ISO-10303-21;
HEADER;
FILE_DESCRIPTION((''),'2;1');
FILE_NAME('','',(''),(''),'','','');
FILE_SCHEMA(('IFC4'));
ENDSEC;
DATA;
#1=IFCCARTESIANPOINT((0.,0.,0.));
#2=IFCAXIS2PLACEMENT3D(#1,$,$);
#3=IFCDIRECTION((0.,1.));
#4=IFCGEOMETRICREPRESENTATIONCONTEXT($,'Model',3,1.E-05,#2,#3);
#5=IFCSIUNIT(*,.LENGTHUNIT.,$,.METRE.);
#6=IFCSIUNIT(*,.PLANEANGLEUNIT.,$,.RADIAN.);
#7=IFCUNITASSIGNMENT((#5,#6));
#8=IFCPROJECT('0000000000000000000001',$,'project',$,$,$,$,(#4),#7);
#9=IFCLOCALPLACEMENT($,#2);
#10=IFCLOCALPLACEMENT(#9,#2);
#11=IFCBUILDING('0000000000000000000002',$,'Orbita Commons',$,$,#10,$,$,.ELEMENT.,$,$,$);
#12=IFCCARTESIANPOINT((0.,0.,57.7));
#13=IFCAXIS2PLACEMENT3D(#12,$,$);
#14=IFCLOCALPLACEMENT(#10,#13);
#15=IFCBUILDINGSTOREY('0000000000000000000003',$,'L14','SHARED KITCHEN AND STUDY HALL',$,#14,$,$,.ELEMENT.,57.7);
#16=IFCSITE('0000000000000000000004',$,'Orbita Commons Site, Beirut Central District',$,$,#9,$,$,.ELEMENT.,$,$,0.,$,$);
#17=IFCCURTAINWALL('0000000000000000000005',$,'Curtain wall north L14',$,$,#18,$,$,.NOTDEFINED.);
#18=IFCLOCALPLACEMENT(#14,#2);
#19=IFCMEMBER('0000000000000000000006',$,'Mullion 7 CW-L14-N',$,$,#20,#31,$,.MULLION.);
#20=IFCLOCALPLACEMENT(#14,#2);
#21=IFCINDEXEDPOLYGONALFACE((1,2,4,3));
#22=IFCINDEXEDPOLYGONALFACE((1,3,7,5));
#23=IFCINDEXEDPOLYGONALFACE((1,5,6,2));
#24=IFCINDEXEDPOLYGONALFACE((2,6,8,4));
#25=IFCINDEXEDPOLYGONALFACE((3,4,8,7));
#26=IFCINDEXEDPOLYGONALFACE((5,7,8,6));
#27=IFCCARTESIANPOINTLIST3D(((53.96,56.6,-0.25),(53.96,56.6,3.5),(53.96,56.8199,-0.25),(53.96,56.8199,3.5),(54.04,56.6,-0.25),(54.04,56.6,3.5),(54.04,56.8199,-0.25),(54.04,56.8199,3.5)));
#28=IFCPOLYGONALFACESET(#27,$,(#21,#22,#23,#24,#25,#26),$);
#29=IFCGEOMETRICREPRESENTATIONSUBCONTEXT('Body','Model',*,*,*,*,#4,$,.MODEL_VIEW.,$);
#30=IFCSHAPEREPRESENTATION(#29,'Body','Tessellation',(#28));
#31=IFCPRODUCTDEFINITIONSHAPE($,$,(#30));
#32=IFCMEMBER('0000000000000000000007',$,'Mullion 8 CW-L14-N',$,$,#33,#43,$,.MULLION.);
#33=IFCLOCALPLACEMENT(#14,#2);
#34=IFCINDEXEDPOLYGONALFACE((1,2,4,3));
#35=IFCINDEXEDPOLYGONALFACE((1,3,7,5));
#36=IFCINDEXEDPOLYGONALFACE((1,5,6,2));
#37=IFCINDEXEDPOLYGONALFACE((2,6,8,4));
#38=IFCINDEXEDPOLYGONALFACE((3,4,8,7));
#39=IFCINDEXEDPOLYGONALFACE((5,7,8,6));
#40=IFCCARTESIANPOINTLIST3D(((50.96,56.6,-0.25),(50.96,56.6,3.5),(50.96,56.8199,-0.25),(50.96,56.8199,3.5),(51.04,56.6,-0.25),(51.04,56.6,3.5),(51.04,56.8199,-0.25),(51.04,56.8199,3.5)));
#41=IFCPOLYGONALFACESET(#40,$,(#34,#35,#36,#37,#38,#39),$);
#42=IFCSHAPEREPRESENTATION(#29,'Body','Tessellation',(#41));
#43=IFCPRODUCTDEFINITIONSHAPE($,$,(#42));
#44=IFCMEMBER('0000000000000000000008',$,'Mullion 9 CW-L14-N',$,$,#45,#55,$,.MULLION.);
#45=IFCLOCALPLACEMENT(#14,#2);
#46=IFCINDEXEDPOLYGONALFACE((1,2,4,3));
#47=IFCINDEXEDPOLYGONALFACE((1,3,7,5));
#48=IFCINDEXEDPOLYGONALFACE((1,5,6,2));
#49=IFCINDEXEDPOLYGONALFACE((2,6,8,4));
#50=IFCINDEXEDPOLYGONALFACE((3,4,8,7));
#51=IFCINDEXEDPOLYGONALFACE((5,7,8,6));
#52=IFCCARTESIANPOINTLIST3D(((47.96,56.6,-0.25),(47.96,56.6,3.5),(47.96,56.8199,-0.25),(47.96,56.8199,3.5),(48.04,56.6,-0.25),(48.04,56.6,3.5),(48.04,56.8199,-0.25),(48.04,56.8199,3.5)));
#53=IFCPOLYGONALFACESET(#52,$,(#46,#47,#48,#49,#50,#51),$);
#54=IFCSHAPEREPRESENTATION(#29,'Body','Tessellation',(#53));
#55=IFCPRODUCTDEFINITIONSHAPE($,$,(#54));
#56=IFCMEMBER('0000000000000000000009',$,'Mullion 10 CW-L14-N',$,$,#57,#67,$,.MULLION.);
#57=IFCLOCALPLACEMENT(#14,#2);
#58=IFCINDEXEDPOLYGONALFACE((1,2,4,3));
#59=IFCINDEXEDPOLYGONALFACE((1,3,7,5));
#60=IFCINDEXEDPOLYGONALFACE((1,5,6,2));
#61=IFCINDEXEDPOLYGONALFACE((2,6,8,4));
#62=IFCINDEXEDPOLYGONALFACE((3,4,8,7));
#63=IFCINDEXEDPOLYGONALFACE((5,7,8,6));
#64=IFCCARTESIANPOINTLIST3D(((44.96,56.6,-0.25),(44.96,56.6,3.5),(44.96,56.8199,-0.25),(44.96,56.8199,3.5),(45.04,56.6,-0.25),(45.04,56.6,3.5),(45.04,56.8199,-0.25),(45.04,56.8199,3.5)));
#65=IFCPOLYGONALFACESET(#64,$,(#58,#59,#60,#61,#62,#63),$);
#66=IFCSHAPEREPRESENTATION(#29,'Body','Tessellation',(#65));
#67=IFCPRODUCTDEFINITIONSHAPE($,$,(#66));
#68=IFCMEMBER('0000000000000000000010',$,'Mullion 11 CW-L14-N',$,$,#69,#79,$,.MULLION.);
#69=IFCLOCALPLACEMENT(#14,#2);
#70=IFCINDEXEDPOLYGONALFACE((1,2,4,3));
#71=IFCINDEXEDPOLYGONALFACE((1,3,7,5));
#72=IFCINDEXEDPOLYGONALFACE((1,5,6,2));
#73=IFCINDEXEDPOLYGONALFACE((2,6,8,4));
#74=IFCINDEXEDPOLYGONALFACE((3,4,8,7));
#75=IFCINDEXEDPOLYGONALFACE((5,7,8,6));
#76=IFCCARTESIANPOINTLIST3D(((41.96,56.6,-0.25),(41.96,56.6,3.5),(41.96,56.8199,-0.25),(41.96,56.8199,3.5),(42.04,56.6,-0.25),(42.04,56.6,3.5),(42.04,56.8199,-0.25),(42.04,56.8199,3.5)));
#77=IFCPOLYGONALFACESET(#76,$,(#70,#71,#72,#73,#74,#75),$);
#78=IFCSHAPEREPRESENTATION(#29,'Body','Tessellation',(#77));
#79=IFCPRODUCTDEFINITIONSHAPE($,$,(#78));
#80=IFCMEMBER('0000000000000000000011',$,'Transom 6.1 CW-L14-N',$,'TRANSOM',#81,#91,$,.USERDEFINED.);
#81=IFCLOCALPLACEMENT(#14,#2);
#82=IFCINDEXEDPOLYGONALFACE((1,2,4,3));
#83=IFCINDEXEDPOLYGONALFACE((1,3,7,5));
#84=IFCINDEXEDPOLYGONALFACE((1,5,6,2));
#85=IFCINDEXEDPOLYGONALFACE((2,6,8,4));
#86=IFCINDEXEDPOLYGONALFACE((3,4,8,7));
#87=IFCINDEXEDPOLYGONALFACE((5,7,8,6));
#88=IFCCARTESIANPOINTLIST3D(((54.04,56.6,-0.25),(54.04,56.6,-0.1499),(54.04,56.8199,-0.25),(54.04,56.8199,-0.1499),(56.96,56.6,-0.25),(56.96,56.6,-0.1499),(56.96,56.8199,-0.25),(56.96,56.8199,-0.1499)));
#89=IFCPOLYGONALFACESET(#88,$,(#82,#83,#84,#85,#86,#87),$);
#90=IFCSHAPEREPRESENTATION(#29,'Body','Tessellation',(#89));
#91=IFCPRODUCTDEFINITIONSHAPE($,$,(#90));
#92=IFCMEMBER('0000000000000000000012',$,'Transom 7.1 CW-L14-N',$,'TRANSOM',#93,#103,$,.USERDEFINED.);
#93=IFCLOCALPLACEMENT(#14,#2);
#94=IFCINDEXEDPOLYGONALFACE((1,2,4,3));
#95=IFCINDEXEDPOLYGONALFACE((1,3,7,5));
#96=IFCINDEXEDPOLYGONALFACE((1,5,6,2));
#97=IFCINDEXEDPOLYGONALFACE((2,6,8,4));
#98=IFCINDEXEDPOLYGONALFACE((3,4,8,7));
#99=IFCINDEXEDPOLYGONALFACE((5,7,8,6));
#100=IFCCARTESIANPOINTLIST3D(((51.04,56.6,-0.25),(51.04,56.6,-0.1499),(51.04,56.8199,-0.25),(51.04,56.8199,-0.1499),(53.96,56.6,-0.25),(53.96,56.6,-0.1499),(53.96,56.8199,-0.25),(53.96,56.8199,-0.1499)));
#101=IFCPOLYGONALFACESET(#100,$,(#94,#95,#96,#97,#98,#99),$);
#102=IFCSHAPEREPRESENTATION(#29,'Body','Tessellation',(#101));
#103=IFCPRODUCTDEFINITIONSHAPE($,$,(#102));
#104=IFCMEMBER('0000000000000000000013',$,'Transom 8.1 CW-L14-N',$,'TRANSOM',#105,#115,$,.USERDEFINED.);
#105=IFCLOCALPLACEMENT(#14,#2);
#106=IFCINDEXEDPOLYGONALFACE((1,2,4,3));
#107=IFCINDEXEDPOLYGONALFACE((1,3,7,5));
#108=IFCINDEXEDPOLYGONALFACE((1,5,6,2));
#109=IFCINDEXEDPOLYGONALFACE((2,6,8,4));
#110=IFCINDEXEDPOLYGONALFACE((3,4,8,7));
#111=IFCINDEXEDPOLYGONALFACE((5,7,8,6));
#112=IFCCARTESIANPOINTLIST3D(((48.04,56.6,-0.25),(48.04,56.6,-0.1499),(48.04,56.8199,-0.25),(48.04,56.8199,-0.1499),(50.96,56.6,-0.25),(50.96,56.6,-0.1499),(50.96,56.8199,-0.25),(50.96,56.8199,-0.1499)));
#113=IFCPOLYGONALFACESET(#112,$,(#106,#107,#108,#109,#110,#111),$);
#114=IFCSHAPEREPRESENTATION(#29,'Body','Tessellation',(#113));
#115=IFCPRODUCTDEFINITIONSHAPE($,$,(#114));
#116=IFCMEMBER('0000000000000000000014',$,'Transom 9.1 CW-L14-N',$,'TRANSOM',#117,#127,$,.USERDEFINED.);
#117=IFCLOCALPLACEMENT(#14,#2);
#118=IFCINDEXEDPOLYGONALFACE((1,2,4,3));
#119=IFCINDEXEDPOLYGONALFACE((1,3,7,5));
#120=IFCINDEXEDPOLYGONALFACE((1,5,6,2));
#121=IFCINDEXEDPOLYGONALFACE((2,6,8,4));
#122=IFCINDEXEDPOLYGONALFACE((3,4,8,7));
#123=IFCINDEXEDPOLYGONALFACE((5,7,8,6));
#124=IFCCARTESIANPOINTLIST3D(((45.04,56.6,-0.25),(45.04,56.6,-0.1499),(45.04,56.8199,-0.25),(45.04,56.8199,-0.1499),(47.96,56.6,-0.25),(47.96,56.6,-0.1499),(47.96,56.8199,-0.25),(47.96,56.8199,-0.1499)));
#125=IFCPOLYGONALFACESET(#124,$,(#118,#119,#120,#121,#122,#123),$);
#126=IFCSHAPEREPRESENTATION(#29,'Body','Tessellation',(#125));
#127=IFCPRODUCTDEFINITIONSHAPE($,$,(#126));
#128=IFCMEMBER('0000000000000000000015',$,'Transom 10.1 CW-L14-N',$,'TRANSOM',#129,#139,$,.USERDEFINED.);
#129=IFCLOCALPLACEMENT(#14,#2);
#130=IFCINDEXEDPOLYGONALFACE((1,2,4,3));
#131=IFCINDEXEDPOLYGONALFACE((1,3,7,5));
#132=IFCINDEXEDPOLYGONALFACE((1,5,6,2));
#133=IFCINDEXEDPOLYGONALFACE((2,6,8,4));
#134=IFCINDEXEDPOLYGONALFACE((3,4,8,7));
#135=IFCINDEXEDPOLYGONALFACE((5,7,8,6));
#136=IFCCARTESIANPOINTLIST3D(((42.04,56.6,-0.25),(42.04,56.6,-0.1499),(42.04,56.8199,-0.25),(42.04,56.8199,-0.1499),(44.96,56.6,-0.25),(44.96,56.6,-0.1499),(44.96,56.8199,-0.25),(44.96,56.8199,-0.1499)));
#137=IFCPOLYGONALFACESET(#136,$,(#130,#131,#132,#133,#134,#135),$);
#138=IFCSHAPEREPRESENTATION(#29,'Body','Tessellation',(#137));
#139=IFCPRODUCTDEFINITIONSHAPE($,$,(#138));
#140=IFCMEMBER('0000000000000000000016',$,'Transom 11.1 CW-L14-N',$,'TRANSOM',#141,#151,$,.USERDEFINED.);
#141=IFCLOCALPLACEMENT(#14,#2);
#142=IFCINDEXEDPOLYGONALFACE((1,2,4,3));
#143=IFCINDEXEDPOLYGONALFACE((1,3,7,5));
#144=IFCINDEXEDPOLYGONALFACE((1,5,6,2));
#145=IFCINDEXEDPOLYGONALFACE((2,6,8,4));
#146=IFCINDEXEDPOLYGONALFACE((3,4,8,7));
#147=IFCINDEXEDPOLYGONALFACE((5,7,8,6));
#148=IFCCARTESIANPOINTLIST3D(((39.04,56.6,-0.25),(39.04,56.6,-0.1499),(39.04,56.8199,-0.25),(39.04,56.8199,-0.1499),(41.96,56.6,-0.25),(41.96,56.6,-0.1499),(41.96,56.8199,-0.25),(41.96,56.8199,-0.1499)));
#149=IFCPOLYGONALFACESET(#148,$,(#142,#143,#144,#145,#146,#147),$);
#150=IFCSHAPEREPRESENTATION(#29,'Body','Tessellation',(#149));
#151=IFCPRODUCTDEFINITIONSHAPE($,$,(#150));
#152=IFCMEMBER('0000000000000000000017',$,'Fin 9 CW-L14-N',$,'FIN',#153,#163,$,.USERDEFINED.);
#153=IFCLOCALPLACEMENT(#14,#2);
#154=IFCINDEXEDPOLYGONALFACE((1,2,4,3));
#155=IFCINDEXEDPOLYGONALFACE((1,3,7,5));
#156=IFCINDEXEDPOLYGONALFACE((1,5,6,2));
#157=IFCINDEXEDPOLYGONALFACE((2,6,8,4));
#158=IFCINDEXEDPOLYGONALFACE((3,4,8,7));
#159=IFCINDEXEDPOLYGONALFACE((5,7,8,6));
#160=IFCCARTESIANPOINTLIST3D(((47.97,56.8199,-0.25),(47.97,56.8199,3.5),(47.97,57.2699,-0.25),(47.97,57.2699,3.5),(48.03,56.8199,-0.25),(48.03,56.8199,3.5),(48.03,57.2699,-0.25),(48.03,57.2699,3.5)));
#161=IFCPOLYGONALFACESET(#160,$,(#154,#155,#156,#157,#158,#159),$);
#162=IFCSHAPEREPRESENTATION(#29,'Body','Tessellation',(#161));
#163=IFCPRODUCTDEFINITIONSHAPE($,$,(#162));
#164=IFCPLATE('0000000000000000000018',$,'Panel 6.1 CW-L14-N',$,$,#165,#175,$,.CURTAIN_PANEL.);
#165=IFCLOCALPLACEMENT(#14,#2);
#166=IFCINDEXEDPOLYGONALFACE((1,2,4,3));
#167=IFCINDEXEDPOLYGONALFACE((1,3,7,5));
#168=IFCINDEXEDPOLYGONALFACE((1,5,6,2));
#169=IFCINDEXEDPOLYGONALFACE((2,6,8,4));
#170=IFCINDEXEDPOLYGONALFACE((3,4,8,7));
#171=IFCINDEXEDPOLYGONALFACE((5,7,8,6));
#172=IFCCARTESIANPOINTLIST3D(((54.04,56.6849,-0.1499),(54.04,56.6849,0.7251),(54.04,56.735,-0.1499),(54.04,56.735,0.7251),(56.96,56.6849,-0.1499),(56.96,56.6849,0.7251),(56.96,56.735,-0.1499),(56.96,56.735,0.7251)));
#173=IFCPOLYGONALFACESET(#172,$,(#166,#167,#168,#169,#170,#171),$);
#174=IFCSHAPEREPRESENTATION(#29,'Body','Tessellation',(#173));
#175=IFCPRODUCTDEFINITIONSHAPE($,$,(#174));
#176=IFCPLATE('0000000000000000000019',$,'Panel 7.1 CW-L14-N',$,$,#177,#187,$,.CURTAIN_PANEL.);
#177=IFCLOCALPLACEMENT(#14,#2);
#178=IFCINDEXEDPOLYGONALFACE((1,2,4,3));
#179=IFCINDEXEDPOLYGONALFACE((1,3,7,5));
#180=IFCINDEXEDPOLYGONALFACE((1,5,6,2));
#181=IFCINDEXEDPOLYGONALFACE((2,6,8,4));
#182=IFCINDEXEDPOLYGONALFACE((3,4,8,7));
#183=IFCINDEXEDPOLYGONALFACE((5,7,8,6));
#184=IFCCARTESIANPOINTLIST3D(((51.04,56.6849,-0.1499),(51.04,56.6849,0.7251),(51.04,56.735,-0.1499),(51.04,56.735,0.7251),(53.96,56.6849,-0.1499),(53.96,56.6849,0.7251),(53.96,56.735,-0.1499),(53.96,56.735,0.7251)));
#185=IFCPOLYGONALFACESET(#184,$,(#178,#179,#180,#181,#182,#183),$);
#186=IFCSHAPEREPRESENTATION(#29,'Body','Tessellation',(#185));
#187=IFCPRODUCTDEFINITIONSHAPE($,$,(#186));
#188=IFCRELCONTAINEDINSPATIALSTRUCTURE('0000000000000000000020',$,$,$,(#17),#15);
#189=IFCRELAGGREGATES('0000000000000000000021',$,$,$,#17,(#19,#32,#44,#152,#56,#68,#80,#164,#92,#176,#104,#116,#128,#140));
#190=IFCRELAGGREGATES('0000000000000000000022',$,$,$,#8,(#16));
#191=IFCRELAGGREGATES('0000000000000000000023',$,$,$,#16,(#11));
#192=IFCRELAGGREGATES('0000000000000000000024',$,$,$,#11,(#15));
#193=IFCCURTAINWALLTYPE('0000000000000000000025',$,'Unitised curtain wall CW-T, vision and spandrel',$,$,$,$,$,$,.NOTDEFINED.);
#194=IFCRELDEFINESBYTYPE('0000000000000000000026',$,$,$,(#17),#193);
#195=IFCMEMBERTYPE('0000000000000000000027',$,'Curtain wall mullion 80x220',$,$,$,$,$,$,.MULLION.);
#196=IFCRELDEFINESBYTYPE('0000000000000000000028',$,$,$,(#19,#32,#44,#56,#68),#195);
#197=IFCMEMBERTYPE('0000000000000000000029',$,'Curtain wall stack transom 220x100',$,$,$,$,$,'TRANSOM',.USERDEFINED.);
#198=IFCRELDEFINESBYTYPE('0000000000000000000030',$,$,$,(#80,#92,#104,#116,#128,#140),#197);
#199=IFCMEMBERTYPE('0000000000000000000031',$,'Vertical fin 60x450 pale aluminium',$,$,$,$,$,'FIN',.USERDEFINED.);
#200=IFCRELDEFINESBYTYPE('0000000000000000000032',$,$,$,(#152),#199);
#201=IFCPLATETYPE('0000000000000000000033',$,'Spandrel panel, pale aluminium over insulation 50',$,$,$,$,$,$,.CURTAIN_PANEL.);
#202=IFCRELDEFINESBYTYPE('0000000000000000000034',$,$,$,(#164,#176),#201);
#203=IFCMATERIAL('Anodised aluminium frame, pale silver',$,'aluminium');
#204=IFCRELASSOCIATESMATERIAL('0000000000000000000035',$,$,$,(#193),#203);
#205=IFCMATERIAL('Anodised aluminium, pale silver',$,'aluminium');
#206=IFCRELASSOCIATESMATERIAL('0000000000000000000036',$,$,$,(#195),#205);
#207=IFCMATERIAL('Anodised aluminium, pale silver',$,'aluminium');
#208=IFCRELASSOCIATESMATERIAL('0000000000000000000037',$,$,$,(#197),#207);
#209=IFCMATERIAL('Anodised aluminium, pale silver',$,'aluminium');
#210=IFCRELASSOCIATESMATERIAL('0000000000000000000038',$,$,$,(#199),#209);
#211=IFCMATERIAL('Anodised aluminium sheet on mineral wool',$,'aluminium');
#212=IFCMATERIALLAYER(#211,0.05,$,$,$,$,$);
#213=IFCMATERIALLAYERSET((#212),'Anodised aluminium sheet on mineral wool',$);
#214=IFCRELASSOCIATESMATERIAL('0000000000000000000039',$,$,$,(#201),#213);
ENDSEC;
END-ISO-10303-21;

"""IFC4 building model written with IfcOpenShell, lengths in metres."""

from ifc_helpers import new_model, si_unit, direction, frame, origin, origin_2d, place, context, subcontext, project, spatial, rectangle, extrude, material, layer, layer_set, material_profile, profile_set, type_object, element, aggregate, save


model = new_model("IFC4")

# Units and contexts
model_context = context("Model", 3, precision=1e-05, world=origin(), true_north=direction((0.0, 1.0)))
body_context = subcontext(model_context, "Body", "Model", "MODEL_VIEW")
ifc_project = project(units=[si_unit("LENGTHUNIT", "METRE"), si_unit("PLANEANGLEUNIT", "RADIAN")], contexts=[model_context])

# Site, building, storey
site_placement = place(None, origin())
site = spatial("IfcSite", under=ifc_project, at=site_placement, Name="Orbita Commons Site, Beirut Central District", CompositionType="ELEMENT", RefElevation=0.0)
building_placement = place(site_placement, origin())
building = spatial("IfcBuilding", under=site, at=building_placement, Name="Orbita Commons", CompositionType="ELEMENT")
storey_placement = place(building_placement, frame((0.0, 0.0, 57.7)))
storey = spatial("IfcBuildingStorey", under=building, at=storey_placement, Name="L14", Description="SHARED KITCHEN AND STUDY HALL", CompositionType="ELEMENT", Elevation=57.7)

# Curtain wall, members, plates
ifc_material_1 = material(Name="Anodised aluminium frame, pale silver", Category="aluminium")
curtain_wall_type = type_object("IfcCurtainWallType", Name="Unitised curtain wall CW-T, vision and spandrel", PredefinedType="NOTDEFINED", material=ifc_material_1)
curtain_wall_placement = place(storey_placement, origin())
curtain_wall = element("IfcCurtainWall", 1, at=curtain_wall_placement, inside=storey, type_object=curtain_wall_type, Name="Curtain wall north L14", PredefinedType="NOTDEFINED")
ifc_material_2 = material(Name="Anodised aluminium, pale silver", Category="aluminium")
ifc_material_profile_1 = material_profile(ifc_material_2, rectangle(XDim=0.0801, YDim=0.22, at=origin_2d()), Name="AL 80x220")
ifc_profile_set_1 = profile_set([ifc_material_profile_1], Name="Anodised aluminium, pale silver")
member_type_1 = type_object("IfcMemberType", Name="Curtain wall mullion 80x220", PredefinedType="MULLION", material=ifc_profile_set_1)
member_1_placement = place(storey_placement, frame((54.0, 56.71, -0.25), z_axis=(0.0, 0.0, 1.0), x_axis=(-1.0, 0.0, 0.0)))
member_1 = element("IfcMember", 2, at=member_1_placement, type_object=member_type_1, Name="Mullion 7 CW-L14-N", PredefinedType="MULLION", context=body_context, shape_type="SweptSolid", body=[
    extrude(rectangle(XDim=0.0801, YDim=0.22, at=origin_2d()), origin(), (0.0, 0.0, 1.0), 3.75),
])
member_2_placement = place(storey_placement, frame((51.0, 56.71, -0.25), z_axis=(0.0, 0.0, 1.0), x_axis=(-1.0, 0.0, 0.0)))
member_2 = element("IfcMember", 3, at=member_2_placement, type_object=member_type_1, Name="Mullion 8 CW-L14-N", PredefinedType="MULLION", context=body_context, shape_type="SweptSolid", body=[
    extrude(rectangle(XDim=0.0801, YDim=0.22, at=origin_2d()), origin(), (0.0, 0.0, 1.0), 3.75),
])
member_3_placement = place(storey_placement, frame((48.0, 56.71, -0.25), z_axis=(0.0, 0.0, 1.0), x_axis=(-1.0, 0.0, 0.0)))
member_3 = element("IfcMember", 4, at=member_3_placement, type_object=member_type_1, Name="Mullion 9 CW-L14-N", PredefinedType="MULLION", context=body_context, shape_type="SweptSolid", body=[
    extrude(rectangle(XDim=0.0801, YDim=0.22, at=origin_2d()), origin(), (0.0, 0.0, 1.0), 3.75),
])
member_4_placement = place(storey_placement, frame((45.0, 56.71, -0.25), z_axis=(0.0, 0.0, 1.0), x_axis=(-1.0, 0.0, 0.0)))
member_4 = element("IfcMember", 5, at=member_4_placement, type_object=member_type_1, Name="Mullion 10 CW-L14-N", PredefinedType="MULLION", context=body_context, shape_type="SweptSolid", body=[
    extrude(rectangle(XDim=0.0801, YDim=0.22, at=origin_2d()), origin(), (0.0, 0.0, 1.0), 3.75),
])
member_5_placement = place(storey_placement, frame((42.0, 56.71, -0.25), z_axis=(0.0, 0.0, 1.0), x_axis=(-1.0, 0.0, 0.0)))
member_5 = element("IfcMember", 6, at=member_5_placement, type_object=member_type_1, Name="Mullion 11 CW-L14-N", PredefinedType="MULLION", context=body_context, shape_type="SweptSolid", body=[
    extrude(rectangle(XDim=0.0801, YDim=0.22, at=origin_2d()), origin(), (0.0, 0.0, 1.0), 3.75),
])
ifc_material_3 = material(Name="Anodised aluminium, pale silver", Category="aluminium")
ifc_material_profile_2 = material_profile(ifc_material_3, rectangle(XDim=0.22, YDim=0.1001, at=origin_2d()), Name="AL 220x100")
ifc_profile_set_2 = profile_set([ifc_material_profile_2], Name="Anodised aluminium, pale silver")
member_type_2 = type_object("IfcMemberType", Name="Curtain wall stack transom 220x100", ElementType="TRANSOM", PredefinedType="USERDEFINED", material=ifc_profile_set_2)
member_6_placement = place(storey_placement, frame((56.96, 56.71, -0.2), z_axis=(-1.0, 0.0, 0.0), x_axis=(0.0, -1.0, 0.0)))
member_6 = element("IfcMember", 7, at=member_6_placement, type_object=member_type_2, Name="Transom 6.1 CW-L14-N", ObjectType="TRANSOM", PredefinedType="USERDEFINED", context=body_context, shape_type="SweptSolid", body=[
    extrude(rectangle(XDim=0.22, YDim=0.1001, at=origin_2d()), origin(), (0.0, 0.0, 1.0), 2.9199),
])
member_7_placement = place(storey_placement, frame((53.96, 56.71, -0.2), z_axis=(-1.0, 0.0, 0.0), x_axis=(0.0, -1.0, 0.0)))
member_7 = element("IfcMember", 8, at=member_7_placement, type_object=member_type_2, Name="Transom 7.1 CW-L14-N", ObjectType="TRANSOM", PredefinedType="USERDEFINED", context=body_context, shape_type="SweptSolid", body=[
    extrude(rectangle(XDim=0.22, YDim=0.1001, at=origin_2d()), origin(), (0.0, 0.0, 1.0), 2.9199),
])
member_8_placement = place(storey_placement, frame((50.96, 56.71, -0.2), z_axis=(-1.0, 0.0, 0.0), x_axis=(0.0, -1.0, 0.0)))
member_8 = element("IfcMember", 9, at=member_8_placement, type_object=member_type_2, Name="Transom 8.1 CW-L14-N", ObjectType="TRANSOM", PredefinedType="USERDEFINED", context=body_context, shape_type="SweptSolid", body=[
    extrude(rectangle(XDim=0.22, YDim=0.1001, at=origin_2d()), origin(), (0.0, 0.0, 1.0), 2.9199),
])
member_9_placement = place(storey_placement, frame((47.96, 56.71, -0.2), z_axis=(-1.0, 0.0, 0.0), x_axis=(0.0, -1.0, 0.0)))
member_9 = element("IfcMember", 10, at=member_9_placement, type_object=member_type_2, Name="Transom 9.1 CW-L14-N", ObjectType="TRANSOM", PredefinedType="USERDEFINED", context=body_context, shape_type="SweptSolid", body=[
    extrude(rectangle(XDim=0.22, YDim=0.1001, at=origin_2d()), origin(), (0.0, 0.0, 1.0), 2.9199),
])
member_10_placement = place(storey_placement, frame((44.96, 56.71, -0.2), z_axis=(-1.0, 0.0, 0.0), x_axis=(0.0, -1.0, 0.0)))
member_10 = element("IfcMember", 11, at=member_10_placement, type_object=member_type_2, Name="Transom 10.1 CW-L14-N", ObjectType="TRANSOM", PredefinedType="USERDEFINED", context=body_context, shape_type="SweptSolid", body=[
    extrude(rectangle(XDim=0.22, YDim=0.1001, at=origin_2d()), origin(), (0.0, 0.0, 1.0), 2.9199),
])
member_11_placement = place(storey_placement, frame((41.96, 56.71, -0.2), z_axis=(-1.0, 0.0, 0.0), x_axis=(0.0, -1.0, 0.0)))
member_11 = element("IfcMember", 12, at=member_11_placement, type_object=member_type_2, Name="Transom 11.1 CW-L14-N", ObjectType="TRANSOM", PredefinedType="USERDEFINED", context=body_context, shape_type="SweptSolid", body=[
    extrude(rectangle(XDim=0.22, YDim=0.1001, at=origin_2d()), origin(), (0.0, 0.0, 1.0), 2.9199),
])
ifc_material_4 = material(Name="Anodised aluminium, pale silver", Category="aluminium")
ifc_material_profile_3 = material_profile(ifc_material_4, rectangle(XDim=0.0601, YDim=0.45, at=origin_2d()), Name="FIN 60x450")
ifc_profile_set_3 = profile_set([ifc_material_profile_3], Name="Anodised aluminium, pale silver")
member_type_3 = type_object("IfcMemberType", Name="Vertical fin 60x450 pale aluminium", ElementType="FIN", PredefinedType="USERDEFINED", material=ifc_profile_set_3)
member_12_placement = place(storey_placement, frame((48.0, 57.0449, -0.25), z_axis=(0.0, 0.0, 1.0), x_axis=(-1.0, 0.0, 0.0)))
member_12 = element("IfcMember", 13, at=member_12_placement, type_object=member_type_3, Name="Fin 9 CW-L14-N", ObjectType="FIN", PredefinedType="USERDEFINED", context=body_context, shape_type="SweptSolid", body=[
    extrude(rectangle(XDim=0.0601, YDim=0.45, at=origin_2d()), origin(), (0.0, 0.0, 1.0), 3.75),
])
ifc_material_5 = material(Name="Anodised aluminium sheet on mineral wool", Category="aluminium")
ifc_layer_1 = layer(ifc_material_5, 0.05)
ifc_layer_set_1 = layer_set([ifc_layer_1], Name="Anodised aluminium sheet on mineral wool")
plate_type_1 = type_object("IfcPlateType", Name="Spandrel panel, pale aluminium over insulation 50", PredefinedType="CURTAIN_PANEL", material=ifc_layer_set_1)
plate_1_placement = place(storey_placement, frame((55.5, 56.71, -0.1499), z_axis=(0.0, 0.0, 1.0), x_axis=(-1.0, 0.0, 0.0)))
plate_1 = element("IfcPlate", 14, at=plate_1_placement, type_object=plate_type_1, Name="Panel 6.1 CW-L14-N", PredefinedType="CURTAIN_PANEL", context=body_context, shape_type="SweptSolid", body=[
    extrude(rectangle(XDim=2.9199, YDim=0.05, at=origin_2d()), origin(), (0.0, 0.0, 1.0), 0.875),
])
plate_2_placement = place(storey_placement, frame((52.5, 56.71, -0.1499), z_axis=(0.0, 0.0, 1.0), x_axis=(-1.0, 0.0, 0.0)))
plate_2 = element("IfcPlate", 15, at=plate_2_placement, type_object=plate_type_1, Name="Panel 7.1 CW-L14-N", PredefinedType="CURTAIN_PANEL", context=body_context, shape_type="SweptSolid", body=[
    extrude(rectangle(XDim=2.9199, YDim=0.05, at=origin_2d()), origin(), (0.0, 0.0, 1.0), 0.875),
])
aggregate(curtain_wall, [member_1, member_2, member_3, member_12, member_4, member_5, member_6, plate_1, member_7, plate_2, member_8, member_9, member_10, member_11])

save(model, "model.ifc")
